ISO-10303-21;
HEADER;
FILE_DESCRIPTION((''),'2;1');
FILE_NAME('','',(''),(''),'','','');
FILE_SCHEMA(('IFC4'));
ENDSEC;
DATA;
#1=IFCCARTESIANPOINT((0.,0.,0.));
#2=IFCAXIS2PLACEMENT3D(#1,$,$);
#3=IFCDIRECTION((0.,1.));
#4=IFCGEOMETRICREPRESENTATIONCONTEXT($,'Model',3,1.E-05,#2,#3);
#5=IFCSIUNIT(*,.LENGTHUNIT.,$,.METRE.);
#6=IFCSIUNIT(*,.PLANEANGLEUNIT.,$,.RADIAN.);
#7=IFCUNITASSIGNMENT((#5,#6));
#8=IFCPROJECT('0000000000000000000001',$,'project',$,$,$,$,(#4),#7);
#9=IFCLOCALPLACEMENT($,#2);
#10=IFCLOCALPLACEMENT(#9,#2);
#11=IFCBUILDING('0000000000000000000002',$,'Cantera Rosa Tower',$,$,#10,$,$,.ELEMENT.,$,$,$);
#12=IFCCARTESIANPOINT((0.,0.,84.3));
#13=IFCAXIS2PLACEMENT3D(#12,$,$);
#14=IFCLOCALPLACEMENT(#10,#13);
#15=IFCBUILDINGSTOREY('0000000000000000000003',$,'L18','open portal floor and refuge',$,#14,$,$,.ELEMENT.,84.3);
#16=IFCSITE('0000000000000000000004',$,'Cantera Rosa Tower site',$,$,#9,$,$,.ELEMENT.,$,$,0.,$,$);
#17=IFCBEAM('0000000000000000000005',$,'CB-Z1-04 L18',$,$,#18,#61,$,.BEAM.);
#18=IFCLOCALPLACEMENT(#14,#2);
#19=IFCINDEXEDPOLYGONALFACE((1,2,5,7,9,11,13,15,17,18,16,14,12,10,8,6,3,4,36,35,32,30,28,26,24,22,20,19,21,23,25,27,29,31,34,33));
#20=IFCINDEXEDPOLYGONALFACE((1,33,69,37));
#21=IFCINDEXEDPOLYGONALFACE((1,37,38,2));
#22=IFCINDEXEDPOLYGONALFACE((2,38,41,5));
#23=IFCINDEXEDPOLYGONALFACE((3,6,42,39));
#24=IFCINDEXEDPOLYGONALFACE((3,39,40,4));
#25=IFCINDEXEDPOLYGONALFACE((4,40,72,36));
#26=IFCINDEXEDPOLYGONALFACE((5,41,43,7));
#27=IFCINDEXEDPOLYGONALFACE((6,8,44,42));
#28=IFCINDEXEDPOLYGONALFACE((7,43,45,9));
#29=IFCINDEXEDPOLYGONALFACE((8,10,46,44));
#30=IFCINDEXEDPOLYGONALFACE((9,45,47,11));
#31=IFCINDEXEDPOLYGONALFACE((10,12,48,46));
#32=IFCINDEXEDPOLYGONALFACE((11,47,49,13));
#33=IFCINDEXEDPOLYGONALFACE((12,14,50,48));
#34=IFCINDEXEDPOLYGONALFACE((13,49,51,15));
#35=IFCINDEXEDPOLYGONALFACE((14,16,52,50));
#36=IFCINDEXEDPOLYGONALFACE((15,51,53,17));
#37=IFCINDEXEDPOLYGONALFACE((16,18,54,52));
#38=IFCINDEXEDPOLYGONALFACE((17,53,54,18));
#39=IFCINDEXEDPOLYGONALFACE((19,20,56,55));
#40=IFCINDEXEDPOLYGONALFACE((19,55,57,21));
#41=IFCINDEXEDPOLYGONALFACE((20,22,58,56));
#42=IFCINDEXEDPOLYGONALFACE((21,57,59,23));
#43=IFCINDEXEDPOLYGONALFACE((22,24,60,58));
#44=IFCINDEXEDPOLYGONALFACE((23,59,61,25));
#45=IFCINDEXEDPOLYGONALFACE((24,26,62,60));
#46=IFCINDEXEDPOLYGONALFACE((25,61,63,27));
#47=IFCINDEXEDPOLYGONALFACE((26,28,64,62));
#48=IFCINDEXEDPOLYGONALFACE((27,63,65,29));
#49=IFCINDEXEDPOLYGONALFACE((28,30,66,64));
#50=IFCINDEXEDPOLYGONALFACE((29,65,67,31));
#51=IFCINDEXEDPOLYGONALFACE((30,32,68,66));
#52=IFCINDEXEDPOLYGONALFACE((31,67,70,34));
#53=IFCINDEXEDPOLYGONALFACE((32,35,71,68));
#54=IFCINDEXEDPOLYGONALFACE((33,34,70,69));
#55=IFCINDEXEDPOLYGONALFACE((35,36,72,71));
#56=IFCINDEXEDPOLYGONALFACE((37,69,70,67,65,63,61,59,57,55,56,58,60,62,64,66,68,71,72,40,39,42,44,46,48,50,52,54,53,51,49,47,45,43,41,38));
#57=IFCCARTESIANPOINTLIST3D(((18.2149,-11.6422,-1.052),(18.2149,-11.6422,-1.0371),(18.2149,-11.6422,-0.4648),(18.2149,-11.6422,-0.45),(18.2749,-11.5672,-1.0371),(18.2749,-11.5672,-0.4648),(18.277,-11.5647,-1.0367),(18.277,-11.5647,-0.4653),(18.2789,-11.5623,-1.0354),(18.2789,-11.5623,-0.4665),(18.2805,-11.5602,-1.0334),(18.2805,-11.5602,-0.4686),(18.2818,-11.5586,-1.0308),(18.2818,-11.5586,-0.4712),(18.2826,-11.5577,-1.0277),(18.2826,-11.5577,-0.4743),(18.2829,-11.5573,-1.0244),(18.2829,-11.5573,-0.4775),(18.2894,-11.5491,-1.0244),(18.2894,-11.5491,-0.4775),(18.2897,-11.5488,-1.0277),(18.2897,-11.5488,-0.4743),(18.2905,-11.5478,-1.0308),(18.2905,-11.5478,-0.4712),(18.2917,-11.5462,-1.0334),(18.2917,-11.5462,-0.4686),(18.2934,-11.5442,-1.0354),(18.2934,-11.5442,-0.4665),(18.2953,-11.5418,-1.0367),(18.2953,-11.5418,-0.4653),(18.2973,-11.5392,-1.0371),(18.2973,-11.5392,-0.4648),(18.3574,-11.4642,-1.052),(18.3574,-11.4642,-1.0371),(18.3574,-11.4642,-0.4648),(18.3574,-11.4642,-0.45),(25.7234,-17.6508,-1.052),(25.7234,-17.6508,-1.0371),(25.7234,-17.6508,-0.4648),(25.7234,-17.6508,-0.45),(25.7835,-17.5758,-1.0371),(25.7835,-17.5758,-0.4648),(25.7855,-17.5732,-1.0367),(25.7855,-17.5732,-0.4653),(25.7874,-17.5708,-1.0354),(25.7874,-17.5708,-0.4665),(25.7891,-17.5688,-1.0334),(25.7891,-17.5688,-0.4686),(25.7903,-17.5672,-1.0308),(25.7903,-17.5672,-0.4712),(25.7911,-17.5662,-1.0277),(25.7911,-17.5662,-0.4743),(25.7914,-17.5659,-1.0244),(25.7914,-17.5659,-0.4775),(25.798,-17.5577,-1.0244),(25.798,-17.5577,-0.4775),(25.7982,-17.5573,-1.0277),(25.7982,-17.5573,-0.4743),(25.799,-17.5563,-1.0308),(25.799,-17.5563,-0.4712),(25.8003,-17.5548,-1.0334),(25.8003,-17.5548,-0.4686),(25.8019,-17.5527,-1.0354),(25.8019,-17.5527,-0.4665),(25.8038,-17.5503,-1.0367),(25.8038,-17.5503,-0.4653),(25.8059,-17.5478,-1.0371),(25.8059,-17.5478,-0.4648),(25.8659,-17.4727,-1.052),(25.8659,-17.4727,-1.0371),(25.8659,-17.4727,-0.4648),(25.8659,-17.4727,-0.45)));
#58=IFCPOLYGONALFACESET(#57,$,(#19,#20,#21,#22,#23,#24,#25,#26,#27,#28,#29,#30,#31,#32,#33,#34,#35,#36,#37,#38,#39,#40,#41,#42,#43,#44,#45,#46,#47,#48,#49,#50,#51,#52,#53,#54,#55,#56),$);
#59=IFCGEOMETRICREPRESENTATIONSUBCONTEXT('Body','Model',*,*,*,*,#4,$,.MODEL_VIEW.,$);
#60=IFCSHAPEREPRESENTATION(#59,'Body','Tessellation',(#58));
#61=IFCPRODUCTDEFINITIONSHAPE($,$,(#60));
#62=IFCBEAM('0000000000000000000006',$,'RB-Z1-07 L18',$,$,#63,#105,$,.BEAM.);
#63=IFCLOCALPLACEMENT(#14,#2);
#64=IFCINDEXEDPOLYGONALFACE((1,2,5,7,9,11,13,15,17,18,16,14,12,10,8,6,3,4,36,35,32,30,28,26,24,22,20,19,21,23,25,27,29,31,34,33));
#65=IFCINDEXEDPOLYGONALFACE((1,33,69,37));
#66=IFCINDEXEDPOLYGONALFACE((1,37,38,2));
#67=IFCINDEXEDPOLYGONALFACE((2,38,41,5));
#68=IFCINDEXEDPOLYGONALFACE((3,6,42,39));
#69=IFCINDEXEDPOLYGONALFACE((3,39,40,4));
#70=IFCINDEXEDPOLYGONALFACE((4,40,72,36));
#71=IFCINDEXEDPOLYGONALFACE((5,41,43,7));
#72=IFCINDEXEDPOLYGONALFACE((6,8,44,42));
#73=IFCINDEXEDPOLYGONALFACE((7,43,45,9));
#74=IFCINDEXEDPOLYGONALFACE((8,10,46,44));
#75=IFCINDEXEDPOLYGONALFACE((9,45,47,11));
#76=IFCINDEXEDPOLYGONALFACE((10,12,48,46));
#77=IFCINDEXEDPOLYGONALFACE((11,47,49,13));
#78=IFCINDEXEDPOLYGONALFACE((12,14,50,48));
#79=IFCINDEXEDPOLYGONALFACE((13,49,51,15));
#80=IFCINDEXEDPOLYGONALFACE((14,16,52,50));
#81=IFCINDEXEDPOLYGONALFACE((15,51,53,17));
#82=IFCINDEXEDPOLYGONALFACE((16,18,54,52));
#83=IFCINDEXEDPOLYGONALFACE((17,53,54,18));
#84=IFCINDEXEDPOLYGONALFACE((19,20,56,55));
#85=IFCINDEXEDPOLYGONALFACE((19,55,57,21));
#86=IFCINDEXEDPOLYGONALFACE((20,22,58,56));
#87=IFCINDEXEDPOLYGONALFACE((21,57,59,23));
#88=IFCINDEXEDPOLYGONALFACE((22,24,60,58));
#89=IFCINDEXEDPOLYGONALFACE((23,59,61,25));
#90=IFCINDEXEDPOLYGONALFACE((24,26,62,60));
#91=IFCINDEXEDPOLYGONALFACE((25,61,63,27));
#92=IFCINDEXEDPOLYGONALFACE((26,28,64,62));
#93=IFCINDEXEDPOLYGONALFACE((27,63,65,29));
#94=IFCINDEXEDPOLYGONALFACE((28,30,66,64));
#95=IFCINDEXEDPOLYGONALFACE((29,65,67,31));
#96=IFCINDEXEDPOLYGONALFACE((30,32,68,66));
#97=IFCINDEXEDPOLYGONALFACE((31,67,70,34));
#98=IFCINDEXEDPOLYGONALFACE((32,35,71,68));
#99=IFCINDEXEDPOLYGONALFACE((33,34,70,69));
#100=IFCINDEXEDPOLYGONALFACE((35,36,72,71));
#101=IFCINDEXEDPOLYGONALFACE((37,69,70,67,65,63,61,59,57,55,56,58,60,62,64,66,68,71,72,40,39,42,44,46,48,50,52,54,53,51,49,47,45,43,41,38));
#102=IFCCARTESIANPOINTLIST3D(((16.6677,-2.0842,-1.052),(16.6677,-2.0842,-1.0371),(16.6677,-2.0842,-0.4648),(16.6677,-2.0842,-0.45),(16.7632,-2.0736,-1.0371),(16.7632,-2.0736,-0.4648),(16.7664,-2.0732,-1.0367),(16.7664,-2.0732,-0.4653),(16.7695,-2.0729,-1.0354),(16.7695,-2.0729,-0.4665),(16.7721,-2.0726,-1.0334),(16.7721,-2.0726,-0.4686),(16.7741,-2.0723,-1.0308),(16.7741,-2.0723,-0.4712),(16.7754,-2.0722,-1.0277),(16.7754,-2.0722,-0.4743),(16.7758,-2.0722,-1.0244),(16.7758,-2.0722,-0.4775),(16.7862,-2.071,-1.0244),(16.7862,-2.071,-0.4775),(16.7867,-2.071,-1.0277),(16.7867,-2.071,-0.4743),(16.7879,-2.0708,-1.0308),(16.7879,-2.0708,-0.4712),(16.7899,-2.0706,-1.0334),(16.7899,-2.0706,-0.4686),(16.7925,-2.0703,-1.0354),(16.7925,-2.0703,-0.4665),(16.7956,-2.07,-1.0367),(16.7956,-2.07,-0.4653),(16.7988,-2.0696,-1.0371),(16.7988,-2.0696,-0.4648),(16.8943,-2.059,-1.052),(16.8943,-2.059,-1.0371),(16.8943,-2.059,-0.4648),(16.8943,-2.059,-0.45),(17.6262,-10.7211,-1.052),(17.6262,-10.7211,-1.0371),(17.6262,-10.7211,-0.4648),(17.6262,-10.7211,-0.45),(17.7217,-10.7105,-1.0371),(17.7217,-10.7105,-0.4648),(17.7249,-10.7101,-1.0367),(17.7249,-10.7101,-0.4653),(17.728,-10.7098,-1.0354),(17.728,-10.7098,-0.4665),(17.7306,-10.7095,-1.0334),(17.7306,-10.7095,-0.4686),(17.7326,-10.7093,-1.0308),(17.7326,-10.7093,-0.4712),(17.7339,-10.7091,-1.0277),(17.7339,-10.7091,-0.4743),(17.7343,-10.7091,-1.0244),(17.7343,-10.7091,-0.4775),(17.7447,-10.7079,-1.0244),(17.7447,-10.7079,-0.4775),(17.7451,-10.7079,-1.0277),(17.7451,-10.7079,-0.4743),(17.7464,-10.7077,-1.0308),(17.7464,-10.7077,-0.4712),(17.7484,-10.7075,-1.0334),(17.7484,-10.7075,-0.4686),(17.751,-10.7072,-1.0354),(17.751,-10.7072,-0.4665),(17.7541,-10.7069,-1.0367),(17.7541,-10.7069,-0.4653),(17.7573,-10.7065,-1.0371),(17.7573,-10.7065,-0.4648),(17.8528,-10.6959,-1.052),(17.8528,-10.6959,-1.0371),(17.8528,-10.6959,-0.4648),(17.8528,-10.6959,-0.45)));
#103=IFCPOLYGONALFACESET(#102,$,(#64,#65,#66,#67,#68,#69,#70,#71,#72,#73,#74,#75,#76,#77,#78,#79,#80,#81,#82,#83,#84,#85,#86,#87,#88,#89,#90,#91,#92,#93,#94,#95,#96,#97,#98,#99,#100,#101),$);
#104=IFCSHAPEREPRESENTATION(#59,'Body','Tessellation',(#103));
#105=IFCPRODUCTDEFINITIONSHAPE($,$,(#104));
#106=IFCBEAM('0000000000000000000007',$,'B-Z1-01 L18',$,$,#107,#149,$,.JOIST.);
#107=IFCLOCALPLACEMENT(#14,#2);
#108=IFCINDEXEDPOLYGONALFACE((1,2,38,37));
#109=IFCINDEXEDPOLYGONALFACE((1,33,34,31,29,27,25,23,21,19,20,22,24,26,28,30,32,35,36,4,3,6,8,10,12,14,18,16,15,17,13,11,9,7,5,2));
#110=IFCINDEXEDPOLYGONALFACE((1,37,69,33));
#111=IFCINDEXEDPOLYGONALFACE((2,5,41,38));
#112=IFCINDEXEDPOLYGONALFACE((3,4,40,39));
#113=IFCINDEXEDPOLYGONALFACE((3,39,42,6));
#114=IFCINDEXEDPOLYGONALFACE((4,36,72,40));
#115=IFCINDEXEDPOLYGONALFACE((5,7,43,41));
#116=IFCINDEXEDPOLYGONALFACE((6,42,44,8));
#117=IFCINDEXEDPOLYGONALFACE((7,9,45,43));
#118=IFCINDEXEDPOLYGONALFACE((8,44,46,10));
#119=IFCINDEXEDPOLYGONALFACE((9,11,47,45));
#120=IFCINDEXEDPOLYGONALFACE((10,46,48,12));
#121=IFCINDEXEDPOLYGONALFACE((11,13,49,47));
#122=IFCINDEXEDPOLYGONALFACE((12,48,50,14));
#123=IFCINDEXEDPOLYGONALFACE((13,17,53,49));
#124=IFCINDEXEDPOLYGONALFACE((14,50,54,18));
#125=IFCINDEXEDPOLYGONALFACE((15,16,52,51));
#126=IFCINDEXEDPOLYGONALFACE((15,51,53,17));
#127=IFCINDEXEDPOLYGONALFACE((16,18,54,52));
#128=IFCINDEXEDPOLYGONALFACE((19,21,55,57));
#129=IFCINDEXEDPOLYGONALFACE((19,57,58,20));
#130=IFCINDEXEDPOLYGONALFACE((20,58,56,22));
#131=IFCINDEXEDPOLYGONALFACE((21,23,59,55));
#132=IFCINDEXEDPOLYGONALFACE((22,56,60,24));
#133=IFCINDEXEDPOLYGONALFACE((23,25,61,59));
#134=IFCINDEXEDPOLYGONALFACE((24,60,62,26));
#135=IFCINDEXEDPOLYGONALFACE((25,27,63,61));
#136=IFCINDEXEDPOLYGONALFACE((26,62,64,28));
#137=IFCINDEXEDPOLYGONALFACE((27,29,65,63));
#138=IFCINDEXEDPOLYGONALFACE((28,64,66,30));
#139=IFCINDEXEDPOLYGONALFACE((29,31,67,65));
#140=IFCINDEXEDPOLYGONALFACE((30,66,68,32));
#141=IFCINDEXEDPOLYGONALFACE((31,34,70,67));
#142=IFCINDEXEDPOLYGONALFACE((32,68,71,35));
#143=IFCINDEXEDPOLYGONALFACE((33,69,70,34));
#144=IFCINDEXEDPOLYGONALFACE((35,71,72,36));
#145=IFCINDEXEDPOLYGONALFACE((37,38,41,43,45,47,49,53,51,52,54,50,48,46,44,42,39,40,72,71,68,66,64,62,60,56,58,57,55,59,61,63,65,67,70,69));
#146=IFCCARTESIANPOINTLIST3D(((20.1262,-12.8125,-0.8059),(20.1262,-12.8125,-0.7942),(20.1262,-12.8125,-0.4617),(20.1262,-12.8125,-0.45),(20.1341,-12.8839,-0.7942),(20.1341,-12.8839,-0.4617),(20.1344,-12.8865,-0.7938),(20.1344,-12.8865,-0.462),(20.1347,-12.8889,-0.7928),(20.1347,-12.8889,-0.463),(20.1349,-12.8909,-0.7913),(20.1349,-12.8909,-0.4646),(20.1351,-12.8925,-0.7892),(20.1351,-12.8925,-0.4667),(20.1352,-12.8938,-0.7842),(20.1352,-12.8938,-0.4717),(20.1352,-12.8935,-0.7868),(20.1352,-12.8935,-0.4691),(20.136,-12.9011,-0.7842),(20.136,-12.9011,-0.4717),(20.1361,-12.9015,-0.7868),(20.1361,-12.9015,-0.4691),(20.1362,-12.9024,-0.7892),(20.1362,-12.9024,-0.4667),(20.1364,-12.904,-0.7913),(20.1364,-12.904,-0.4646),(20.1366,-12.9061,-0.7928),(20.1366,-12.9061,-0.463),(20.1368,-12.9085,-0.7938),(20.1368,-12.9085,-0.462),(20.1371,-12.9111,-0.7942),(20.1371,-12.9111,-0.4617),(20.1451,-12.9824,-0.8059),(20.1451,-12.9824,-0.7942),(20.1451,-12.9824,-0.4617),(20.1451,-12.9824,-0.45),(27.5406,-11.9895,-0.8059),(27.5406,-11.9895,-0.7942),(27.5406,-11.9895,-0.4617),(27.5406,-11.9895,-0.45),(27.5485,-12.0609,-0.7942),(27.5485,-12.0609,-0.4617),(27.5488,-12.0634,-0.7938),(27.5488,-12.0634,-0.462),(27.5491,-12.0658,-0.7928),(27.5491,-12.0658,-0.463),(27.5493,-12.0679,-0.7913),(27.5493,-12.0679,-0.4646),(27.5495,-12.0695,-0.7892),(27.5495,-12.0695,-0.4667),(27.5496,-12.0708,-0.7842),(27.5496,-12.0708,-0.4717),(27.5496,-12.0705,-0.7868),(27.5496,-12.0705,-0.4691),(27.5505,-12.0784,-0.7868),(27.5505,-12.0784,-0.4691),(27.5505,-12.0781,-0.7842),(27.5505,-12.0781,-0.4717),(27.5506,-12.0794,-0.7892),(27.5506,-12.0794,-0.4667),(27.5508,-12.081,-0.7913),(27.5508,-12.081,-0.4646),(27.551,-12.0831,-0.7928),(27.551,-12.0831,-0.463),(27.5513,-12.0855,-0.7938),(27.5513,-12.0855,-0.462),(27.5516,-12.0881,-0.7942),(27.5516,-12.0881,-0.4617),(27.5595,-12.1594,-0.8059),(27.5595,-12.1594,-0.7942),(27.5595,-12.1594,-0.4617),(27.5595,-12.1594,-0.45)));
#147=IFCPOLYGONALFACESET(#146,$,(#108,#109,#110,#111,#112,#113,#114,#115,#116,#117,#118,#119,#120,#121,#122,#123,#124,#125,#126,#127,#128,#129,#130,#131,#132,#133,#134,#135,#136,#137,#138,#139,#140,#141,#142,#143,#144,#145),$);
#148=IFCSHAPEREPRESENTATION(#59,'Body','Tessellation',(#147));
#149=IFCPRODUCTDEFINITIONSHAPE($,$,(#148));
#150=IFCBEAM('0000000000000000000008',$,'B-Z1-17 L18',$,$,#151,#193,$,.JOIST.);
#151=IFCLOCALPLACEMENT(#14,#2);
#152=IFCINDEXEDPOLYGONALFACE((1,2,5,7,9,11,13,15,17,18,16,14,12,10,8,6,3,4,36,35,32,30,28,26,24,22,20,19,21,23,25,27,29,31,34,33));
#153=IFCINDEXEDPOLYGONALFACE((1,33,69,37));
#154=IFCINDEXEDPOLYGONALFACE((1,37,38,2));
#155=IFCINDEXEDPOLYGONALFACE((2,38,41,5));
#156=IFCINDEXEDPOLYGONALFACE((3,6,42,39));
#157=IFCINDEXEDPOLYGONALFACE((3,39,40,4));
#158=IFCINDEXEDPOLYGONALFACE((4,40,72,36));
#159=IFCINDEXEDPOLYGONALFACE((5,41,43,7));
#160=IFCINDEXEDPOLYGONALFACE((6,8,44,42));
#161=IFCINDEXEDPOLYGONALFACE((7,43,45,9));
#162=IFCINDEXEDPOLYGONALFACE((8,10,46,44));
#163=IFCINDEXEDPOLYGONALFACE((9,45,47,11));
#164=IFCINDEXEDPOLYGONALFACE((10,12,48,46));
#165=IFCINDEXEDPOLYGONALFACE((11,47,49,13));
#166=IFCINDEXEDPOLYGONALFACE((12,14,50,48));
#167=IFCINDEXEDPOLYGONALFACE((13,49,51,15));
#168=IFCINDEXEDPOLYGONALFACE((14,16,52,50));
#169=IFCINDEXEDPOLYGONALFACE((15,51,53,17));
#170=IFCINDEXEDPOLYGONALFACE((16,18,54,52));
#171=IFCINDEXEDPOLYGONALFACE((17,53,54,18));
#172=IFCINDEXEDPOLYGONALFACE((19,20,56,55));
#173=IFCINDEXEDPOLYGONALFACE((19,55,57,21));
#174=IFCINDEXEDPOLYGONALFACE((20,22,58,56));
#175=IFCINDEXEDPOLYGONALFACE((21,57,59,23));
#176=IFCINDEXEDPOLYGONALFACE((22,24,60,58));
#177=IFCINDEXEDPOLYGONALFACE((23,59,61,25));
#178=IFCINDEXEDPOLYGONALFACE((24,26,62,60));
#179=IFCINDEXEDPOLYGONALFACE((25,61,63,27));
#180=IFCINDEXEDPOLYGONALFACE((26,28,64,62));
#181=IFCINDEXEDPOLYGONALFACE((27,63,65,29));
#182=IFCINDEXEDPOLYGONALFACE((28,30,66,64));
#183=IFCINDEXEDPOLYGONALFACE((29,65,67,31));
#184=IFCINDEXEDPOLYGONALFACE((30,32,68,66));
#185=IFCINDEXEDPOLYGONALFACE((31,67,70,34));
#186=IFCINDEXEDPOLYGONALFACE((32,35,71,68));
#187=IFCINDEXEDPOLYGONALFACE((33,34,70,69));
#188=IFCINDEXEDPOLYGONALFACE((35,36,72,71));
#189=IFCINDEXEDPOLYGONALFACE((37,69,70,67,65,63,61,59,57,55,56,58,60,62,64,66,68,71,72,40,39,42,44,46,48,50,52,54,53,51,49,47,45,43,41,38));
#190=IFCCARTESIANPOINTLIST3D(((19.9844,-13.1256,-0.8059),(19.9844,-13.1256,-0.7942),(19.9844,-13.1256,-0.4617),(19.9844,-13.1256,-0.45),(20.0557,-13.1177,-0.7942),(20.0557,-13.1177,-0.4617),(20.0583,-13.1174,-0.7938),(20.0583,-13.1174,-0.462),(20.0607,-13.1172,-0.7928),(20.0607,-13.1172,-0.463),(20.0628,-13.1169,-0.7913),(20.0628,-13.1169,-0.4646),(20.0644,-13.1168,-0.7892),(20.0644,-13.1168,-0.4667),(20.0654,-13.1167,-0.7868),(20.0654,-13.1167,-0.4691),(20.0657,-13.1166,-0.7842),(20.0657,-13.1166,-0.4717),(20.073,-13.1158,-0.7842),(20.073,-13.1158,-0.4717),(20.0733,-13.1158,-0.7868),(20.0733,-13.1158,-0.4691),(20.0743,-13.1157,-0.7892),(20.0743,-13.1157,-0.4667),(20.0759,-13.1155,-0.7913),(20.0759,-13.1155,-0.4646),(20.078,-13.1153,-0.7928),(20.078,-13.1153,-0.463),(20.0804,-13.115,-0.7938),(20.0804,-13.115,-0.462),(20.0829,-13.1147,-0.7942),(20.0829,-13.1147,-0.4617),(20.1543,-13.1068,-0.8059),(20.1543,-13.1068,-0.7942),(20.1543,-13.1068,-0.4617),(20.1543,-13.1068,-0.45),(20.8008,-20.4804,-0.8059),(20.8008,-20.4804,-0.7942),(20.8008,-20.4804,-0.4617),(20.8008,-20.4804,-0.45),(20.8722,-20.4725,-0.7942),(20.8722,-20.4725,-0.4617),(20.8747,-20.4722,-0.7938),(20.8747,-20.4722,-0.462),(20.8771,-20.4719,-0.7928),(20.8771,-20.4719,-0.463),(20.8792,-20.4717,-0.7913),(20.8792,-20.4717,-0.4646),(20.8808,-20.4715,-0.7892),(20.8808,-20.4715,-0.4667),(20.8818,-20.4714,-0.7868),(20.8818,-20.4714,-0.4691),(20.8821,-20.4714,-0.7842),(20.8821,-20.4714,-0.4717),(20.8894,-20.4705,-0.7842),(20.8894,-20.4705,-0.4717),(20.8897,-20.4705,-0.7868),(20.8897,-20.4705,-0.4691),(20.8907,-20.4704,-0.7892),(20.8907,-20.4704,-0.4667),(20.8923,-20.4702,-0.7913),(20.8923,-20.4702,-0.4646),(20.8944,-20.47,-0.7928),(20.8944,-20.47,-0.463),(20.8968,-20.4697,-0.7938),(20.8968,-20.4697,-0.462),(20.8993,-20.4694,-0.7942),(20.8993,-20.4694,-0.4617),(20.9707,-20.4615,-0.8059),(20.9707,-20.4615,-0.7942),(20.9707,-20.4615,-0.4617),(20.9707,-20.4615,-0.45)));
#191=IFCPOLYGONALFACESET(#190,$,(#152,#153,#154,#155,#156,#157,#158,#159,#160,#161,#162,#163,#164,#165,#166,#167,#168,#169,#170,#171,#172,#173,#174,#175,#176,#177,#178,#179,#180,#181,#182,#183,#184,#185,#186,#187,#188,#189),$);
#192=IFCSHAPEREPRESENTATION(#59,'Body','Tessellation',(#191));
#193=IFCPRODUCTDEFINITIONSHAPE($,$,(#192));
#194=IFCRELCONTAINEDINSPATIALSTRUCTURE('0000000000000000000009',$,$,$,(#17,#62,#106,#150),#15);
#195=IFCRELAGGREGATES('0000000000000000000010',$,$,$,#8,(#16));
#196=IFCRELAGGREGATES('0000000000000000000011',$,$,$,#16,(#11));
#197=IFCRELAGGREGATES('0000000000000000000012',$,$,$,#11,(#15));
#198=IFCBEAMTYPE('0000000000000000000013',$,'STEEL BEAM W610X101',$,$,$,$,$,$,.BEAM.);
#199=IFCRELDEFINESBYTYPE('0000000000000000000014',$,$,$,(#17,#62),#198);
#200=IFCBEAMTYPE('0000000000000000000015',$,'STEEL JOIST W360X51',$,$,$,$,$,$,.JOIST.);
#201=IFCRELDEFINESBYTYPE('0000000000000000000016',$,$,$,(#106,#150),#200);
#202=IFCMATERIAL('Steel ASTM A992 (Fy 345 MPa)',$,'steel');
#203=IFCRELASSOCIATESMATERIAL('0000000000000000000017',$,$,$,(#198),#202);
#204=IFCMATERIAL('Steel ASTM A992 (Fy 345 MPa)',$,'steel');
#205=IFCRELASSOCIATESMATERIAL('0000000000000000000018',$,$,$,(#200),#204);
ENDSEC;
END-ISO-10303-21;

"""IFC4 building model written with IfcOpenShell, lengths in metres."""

from ifc_helpers import new_model, si_unit, direction, frame, origin, origin_2d, place, context, subcontext, project, spatial, i_section, extrude, material, material_profile, profile_set, type_object, element, save


model = new_model("IFC4")

# Units and contexts
model_context = context("Model", 3, precision=1e-05, world=origin(), true_north=direction((0.0, 1.0)))
body_context = subcontext(model_context, "Body", "Model", "MODEL_VIEW")
ifc_project = project(units=[si_unit("LENGTHUNIT", "METRE"), si_unit("PLANEANGLEUNIT", "RADIAN")], contexts=[model_context])

# Site, building, storey
site_placement = place(None, origin())
site = spatial("IfcSite", under=ifc_project, at=site_placement, Name="Cantera Rosa Tower site", CompositionType="ELEMENT", RefElevation=0.0)
building_placement = place(site_placement, origin())
building = spatial("IfcBuilding", under=site, at=building_placement, Name="Cantera Rosa Tower", CompositionType="ELEMENT")
storey_placement = place(building_placement, frame((0.0, 0.0, 84.3)))
storey = spatial("IfcBuildingStorey", under=building, at=storey_placement, Name="L18", Description="open portal floor and refuge", CompositionType="ELEMENT", Elevation=84.3)

# Beams
ifc_material_1 = material(Name="Steel ASTM A992 (Fy 345 MPa)", Category="steel")
ifc_material_profile_1 = material_profile(ifc_material_1, i_section(OverallWidth=0.228, OverallDepth=0.6021, WebThickness=0.0105, FlangeThickness=0.0149, FilletRadius=0.0127, at=origin_2d()), Name="W610X101")
ifc_profile_set_1 = profile_set([ifc_material_profile_1], Name="Steel ASTM A992 (Fy 345 MPa)")
beam_type_1 = type_object("IfcBeamType", Name="STEEL BEAM W610X101", PredefinedType="BEAM", material=ifc_profile_set_1)
beam_1_placement = place(storey_placement, frame((25.7947, -17.5618, -0.751), z_axis=(-0.780782, 0.624803, 0.0), x_axis=(-0.624803, -0.780782, 0.0)))
element("IfcBeam", 1, at=beam_1_placement, inside=storey, type_object=beam_type_1, Name="CB-Z1-04 L18", PredefinedType="BEAM", context=body_context, shape_type="SweptSolid", body=[
    extrude(i_section(OverallWidth=0.228, OverallDepth=0.6021, WebThickness=0.0105, FlangeThickness=0.0149, FilletRadius=0.0127, at=origin_2d()), origin(), (0.0, 0.0, 1.0), 9.6167),
])
beam_2_placement = place(storey_placement, frame((17.7395, -10.7085, -0.751), z_axis=(-0.110299, 0.993898, 0.0), x_axis=(-0.993898, -0.110299, 0.0)))
element("IfcBeam", 2, at=beam_2_placement, inside=storey, type_object=beam_type_1, Name="RB-Z1-07 L18", PredefinedType="BEAM", context=body_context, shape_type="SweptSolid", body=[
    extrude(i_section(OverallWidth=0.228, OverallDepth=0.6021, WebThickness=0.0105, FlangeThickness=0.0149, FilletRadius=0.0127, at=origin_2d()), origin(), (0.0, 0.0, 1.0), 8.6899),
])
ifc_material_2 = material(Name="Steel ASTM A992 (Fy 345 MPa)", Category="steel")
ifc_material_profile_2 = material_profile(ifc_material_2, i_section(OverallWidth=0.1709, OverallDepth=0.356, WebThickness=0.0073, FlangeThickness=0.0117, FilletRadius=0.01, at=origin_2d()), Name="W360X51")
ifc_profile_set_2 = profile_set([ifc_material_profile_2], Name="Steel ASTM A992 (Fy 345 MPa)")
beam_type_2 = type_object("IfcBeamType", Name="STEEL JOIST W360X51", PredefinedType="JOIST", material=ifc_profile_set_2)
beam_3_placement = place(storey_placement, frame((27.55, -12.0745, -0.6279), z_axis=(-0.993896, -0.110324, 0.0), x_axis=(0.110324, -0.993896, 0.0)))
element("IfcBeam", 3, at=beam_3_placement, inside=storey, type_object=beam_type_2, Name="B-Z1-01 L18", PredefinedType="JOIST", context=body_context, shape_type="SweptSolid", body=[
    extrude(i_section(OverallWidth=0.1709, OverallDepth=0.356, WebThickness=0.0073, FlangeThickness=0.0117, FilletRadius=0.01, at=origin_2d()), origin(), (0.0, 0.0, 1.0), 7.46),
])
beam_4_placement = place(storey_placement, frame((20.8857, -20.4709, -0.6279), z_axis=(-0.110327, 0.993895, 0.0), x_axis=(-0.993895, -0.110327, 0.0)))
element("IfcBeam", 4, at=beam_4_placement, inside=storey, type_object=beam_type_2, Name="B-Z1-17 L18", PredefinedType="JOIST", context=body_context, shape_type="SweptSolid", body=[
    extrude(i_section(OverallWidth=0.1709, OverallDepth=0.356, WebThickness=0.0073, FlangeThickness=0.0117, FilletRadius=0.01, at=origin_2d()), origin(), (0.0, 0.0, 1.0), 7.3999),
])

save(model, "model.ifc")
